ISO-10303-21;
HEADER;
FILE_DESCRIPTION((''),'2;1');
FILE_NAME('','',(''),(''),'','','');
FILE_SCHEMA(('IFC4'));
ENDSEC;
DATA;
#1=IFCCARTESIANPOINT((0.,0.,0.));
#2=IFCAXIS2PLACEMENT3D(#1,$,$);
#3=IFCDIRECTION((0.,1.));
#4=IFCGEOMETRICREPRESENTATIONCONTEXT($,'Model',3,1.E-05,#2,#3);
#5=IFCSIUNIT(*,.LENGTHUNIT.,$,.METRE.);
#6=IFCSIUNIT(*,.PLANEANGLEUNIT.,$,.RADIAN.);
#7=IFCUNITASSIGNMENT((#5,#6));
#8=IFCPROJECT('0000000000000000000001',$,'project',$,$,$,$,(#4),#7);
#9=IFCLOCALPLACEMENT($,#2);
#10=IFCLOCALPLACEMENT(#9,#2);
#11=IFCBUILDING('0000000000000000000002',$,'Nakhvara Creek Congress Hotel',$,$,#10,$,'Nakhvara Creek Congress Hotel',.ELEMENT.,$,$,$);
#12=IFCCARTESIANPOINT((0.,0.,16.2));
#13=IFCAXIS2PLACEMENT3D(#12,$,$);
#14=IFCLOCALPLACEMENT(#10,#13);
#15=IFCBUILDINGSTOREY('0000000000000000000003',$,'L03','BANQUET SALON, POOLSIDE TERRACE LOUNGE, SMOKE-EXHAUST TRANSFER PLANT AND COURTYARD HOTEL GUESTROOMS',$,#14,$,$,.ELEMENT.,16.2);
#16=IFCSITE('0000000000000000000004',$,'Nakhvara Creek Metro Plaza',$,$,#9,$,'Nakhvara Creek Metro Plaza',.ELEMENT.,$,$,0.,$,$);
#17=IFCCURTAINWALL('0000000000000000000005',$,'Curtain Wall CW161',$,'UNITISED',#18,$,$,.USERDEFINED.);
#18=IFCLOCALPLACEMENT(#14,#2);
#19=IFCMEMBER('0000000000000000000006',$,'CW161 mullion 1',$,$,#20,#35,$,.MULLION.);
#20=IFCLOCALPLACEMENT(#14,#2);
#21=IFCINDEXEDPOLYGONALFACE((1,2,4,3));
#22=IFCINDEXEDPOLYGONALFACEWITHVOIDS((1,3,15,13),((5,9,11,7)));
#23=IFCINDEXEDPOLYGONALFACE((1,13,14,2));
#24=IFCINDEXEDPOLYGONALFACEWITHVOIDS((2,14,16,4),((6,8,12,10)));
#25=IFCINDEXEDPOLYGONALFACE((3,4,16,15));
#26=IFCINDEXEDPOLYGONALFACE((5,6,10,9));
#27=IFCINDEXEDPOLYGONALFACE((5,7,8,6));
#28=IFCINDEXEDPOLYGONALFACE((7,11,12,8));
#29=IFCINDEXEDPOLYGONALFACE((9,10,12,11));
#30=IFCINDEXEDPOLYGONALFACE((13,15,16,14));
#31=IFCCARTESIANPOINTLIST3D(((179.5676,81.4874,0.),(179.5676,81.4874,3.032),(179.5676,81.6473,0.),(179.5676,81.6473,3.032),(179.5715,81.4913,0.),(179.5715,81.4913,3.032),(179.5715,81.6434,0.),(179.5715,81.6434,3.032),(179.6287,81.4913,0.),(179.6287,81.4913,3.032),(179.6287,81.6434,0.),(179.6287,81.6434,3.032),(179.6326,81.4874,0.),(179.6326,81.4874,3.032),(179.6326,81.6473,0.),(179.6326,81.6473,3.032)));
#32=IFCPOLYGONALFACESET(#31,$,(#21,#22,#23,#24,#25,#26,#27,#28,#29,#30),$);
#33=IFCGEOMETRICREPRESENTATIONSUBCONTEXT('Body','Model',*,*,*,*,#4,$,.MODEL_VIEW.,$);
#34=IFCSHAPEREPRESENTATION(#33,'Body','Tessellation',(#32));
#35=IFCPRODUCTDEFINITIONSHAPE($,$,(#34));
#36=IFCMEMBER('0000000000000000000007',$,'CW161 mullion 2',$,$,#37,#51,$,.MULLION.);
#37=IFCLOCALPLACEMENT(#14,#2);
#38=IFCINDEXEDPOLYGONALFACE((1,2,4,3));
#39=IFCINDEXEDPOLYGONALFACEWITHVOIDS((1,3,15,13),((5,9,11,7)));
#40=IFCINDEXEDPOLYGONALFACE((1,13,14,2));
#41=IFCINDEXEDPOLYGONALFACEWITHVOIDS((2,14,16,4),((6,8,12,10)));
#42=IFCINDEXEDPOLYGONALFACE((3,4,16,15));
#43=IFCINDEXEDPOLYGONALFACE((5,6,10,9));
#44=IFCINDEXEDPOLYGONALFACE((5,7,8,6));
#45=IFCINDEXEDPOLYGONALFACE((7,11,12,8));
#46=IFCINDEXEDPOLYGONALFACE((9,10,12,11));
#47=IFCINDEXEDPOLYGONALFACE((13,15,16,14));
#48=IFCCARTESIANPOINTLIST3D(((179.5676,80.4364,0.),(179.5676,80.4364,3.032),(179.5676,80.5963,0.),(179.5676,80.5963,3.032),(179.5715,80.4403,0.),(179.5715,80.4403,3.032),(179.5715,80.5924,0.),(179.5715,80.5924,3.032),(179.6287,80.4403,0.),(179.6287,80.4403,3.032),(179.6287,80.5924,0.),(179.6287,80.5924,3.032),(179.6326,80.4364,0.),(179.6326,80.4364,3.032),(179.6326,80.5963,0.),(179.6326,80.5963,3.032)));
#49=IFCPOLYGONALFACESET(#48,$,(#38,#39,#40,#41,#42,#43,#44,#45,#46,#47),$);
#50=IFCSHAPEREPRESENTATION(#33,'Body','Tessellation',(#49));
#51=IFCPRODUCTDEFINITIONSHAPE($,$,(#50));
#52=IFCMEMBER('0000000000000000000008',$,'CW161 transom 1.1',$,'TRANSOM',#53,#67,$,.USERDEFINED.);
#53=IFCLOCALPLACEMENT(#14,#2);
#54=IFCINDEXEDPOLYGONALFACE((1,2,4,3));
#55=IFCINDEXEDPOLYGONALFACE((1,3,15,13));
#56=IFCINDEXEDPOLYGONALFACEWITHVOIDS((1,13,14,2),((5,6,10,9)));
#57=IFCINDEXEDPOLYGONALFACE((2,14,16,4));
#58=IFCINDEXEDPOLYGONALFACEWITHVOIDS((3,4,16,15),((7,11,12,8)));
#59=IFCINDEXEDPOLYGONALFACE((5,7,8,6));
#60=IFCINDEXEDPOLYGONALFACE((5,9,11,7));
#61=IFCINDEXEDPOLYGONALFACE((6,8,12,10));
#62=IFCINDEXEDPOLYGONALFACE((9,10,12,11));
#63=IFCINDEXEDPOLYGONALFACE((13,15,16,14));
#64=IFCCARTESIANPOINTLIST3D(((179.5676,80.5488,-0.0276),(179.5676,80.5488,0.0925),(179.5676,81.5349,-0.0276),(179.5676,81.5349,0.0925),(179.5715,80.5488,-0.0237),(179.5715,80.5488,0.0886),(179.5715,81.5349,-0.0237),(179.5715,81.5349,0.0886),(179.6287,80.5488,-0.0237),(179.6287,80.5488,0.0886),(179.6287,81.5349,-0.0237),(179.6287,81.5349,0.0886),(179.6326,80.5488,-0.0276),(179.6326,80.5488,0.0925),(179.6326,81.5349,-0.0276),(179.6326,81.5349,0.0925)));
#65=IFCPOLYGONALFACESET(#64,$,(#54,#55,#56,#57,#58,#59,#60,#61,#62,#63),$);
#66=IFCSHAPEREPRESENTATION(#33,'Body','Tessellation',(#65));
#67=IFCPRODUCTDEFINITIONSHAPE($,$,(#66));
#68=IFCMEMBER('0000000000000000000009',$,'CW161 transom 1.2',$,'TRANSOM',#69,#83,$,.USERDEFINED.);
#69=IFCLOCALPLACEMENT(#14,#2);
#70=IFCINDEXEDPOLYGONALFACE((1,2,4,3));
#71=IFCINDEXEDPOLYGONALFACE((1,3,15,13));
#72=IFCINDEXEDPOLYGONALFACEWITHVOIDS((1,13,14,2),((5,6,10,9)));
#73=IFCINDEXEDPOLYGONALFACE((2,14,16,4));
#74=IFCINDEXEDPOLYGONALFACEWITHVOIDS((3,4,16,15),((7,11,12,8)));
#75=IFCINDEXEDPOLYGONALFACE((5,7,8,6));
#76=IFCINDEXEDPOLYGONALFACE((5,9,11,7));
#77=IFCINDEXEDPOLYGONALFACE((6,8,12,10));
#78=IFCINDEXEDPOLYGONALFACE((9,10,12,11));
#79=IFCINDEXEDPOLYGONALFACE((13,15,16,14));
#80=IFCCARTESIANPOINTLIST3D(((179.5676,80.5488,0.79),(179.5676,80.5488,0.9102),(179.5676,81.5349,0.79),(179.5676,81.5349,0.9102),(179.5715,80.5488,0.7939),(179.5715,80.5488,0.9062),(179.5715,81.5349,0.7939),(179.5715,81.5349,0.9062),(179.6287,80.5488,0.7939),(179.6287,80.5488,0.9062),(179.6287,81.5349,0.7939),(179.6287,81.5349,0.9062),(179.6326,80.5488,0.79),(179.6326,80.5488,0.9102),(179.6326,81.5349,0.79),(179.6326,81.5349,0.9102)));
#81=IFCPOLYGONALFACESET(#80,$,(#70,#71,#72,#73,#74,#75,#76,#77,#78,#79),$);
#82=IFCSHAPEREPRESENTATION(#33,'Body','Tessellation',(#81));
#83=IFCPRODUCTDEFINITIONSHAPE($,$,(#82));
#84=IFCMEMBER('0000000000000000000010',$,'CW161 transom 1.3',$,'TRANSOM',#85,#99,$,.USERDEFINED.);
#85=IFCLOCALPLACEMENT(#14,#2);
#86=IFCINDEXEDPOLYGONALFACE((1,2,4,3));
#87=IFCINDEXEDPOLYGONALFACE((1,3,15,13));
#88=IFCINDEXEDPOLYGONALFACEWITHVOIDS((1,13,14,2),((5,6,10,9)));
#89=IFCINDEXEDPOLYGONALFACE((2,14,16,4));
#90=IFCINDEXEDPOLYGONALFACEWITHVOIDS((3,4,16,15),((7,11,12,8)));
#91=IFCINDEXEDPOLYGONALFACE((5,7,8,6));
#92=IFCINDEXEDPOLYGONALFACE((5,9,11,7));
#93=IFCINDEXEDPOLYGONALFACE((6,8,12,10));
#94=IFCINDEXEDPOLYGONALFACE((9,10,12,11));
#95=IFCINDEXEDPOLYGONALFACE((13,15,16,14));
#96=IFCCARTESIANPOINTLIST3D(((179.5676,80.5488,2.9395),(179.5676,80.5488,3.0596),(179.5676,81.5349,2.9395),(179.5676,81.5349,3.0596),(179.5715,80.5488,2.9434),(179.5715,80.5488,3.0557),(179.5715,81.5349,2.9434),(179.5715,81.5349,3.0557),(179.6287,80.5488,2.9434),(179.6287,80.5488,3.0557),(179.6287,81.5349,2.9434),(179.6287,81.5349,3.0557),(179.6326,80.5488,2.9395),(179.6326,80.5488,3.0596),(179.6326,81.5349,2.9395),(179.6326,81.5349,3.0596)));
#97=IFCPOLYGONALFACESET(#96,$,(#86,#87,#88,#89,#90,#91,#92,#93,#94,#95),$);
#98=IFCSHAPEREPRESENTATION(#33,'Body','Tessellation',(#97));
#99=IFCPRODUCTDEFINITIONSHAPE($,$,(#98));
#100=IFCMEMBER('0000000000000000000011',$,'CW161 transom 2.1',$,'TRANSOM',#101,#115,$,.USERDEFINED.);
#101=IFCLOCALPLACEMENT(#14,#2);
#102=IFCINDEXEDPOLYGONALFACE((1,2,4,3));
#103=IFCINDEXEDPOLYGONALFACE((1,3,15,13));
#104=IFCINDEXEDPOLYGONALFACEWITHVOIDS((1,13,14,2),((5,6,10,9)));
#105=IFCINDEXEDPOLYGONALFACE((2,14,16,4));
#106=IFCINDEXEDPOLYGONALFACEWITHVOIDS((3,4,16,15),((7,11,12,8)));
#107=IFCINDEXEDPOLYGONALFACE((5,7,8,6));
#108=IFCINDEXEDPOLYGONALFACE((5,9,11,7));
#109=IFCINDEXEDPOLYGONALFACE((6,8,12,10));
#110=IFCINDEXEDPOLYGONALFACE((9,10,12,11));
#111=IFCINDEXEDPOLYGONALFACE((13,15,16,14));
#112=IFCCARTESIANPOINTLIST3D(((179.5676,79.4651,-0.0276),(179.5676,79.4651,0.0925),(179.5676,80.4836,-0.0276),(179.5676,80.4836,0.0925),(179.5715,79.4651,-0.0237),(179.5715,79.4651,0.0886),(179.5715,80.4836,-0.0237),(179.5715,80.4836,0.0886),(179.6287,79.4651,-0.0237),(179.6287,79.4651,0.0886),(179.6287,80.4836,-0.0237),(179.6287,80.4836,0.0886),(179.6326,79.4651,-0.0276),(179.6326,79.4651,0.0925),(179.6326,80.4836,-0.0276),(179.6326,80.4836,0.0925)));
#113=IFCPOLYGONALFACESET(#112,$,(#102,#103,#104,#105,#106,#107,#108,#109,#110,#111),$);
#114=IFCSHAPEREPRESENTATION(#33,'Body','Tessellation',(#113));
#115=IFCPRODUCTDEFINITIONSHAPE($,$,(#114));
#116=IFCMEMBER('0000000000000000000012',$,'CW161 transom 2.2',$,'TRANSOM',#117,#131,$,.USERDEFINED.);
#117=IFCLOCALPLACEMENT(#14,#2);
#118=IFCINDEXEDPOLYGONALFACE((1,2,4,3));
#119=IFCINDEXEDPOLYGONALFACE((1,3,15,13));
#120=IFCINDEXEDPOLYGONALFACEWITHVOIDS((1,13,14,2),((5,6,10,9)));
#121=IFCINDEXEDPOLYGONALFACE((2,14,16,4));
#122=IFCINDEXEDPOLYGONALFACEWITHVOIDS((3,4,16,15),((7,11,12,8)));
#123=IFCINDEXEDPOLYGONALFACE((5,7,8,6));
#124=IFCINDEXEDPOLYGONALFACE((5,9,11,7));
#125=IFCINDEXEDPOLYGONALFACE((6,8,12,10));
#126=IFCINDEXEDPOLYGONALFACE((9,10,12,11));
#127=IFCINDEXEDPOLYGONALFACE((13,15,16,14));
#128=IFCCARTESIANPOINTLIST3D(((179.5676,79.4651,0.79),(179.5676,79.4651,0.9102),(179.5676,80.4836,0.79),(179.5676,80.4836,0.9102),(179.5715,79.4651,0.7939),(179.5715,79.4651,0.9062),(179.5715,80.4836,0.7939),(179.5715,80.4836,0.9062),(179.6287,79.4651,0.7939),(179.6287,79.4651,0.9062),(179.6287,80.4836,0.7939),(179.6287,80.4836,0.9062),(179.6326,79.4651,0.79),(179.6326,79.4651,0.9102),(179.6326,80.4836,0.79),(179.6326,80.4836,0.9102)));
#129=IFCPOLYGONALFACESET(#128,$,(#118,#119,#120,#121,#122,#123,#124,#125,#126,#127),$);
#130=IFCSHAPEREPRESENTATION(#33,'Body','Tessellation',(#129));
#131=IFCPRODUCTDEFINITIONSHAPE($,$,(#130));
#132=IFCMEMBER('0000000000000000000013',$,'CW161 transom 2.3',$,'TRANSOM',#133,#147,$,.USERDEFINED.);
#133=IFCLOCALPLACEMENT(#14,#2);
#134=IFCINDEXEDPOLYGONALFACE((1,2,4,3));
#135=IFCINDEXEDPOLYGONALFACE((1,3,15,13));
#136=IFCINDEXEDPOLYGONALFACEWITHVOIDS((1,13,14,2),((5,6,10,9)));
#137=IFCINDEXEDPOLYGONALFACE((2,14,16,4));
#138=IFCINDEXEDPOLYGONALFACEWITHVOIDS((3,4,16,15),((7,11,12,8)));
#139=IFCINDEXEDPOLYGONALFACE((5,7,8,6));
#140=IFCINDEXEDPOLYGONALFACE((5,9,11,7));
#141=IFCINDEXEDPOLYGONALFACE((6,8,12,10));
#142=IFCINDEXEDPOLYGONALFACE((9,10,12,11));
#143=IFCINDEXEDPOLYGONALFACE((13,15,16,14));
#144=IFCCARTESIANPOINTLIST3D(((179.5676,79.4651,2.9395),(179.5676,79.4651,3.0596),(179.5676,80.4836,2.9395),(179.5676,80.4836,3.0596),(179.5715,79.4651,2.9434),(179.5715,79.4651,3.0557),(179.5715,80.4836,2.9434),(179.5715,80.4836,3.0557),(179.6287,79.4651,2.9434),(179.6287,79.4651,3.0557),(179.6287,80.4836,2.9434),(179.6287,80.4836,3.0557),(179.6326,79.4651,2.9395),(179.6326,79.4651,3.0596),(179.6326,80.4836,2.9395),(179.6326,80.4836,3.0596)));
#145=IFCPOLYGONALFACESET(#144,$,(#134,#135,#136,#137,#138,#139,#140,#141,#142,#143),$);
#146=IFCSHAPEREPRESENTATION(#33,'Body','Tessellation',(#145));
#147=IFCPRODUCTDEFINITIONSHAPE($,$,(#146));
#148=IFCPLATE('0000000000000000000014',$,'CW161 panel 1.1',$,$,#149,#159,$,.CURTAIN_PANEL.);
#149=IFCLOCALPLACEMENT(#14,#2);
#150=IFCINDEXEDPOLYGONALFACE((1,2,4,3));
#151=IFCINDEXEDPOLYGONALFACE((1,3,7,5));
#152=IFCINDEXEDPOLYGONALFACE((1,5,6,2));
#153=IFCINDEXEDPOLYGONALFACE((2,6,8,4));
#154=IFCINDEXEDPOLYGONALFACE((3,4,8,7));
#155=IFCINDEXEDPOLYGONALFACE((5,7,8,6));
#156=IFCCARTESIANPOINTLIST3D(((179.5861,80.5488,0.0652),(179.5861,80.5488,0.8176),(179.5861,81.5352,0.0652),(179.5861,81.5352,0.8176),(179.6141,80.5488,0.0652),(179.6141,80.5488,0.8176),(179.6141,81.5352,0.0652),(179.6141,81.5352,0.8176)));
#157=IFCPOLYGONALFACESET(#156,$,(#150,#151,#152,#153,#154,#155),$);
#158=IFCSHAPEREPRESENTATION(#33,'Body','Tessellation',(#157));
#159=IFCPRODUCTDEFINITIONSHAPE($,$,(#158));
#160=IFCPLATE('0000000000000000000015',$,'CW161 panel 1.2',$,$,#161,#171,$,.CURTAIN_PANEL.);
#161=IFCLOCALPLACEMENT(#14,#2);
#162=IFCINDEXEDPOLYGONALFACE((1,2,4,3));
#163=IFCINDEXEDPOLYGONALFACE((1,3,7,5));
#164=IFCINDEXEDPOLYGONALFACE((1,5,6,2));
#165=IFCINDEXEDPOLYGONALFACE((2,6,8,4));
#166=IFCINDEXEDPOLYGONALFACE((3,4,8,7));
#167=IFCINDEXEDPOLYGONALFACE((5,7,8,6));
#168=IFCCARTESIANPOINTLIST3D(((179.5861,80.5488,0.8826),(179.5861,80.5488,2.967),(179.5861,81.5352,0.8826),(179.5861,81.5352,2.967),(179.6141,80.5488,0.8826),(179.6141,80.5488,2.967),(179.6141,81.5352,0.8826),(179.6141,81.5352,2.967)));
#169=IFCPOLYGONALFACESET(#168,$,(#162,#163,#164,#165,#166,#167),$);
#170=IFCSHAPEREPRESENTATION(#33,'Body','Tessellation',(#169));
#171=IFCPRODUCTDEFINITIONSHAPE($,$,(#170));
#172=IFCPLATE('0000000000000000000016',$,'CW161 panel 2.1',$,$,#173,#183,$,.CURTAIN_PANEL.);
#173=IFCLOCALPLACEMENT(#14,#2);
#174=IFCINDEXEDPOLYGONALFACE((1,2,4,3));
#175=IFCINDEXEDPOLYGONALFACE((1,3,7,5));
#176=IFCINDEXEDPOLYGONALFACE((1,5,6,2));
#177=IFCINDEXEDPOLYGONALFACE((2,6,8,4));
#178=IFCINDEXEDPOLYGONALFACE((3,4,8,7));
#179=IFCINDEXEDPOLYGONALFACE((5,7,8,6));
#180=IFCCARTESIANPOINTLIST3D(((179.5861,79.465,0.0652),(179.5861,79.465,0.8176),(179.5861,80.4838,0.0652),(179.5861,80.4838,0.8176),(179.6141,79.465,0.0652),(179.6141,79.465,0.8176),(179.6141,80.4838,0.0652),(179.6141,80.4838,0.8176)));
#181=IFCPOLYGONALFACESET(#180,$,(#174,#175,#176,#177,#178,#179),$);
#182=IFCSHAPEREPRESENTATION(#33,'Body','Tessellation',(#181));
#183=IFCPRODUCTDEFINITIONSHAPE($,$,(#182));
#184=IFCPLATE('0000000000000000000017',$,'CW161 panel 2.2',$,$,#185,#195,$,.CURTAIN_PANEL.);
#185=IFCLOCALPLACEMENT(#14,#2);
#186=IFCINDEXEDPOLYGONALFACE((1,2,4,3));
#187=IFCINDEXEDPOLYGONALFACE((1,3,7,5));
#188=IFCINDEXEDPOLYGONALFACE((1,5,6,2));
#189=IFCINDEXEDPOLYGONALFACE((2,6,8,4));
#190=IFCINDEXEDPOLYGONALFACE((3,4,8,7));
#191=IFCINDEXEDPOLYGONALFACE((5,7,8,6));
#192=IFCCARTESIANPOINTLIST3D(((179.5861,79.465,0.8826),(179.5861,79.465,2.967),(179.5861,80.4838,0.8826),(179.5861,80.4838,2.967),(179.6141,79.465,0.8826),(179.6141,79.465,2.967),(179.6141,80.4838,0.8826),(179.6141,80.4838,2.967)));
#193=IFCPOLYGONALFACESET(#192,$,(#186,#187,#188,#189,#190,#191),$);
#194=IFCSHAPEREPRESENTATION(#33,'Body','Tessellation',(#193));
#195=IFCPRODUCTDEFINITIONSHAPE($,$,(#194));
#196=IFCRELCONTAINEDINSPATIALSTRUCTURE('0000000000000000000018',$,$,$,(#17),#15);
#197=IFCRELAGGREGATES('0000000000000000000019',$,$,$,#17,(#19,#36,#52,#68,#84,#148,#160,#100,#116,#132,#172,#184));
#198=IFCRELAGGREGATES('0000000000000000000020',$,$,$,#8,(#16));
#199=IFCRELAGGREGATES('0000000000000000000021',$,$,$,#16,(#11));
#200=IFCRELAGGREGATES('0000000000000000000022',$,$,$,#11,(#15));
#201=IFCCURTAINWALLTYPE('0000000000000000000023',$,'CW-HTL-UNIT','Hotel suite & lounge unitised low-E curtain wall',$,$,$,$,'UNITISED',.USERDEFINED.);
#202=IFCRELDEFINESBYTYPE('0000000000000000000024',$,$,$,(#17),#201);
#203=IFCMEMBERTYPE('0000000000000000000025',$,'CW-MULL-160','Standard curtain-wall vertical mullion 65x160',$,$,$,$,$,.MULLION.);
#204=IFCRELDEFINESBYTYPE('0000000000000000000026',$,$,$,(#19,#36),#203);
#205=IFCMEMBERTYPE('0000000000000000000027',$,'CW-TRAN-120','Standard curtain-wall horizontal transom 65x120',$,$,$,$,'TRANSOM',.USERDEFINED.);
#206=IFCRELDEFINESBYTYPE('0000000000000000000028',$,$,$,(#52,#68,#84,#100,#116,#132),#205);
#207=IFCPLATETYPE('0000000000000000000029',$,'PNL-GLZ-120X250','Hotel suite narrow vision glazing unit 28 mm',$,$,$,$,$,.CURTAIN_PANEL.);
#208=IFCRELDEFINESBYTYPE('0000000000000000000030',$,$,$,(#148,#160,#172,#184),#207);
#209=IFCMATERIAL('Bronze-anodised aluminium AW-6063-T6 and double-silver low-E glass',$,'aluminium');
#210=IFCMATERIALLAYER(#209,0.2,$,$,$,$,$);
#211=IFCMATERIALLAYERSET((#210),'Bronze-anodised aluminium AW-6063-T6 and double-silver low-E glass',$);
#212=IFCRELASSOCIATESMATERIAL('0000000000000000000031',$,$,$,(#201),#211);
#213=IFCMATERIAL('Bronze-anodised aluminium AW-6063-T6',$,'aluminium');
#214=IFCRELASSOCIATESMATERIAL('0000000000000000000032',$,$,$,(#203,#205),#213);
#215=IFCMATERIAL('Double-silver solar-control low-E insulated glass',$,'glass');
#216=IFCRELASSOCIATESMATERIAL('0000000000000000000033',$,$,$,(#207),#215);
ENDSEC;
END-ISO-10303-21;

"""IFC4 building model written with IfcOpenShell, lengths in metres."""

from ifc_helpers import new_model, si_unit, direction, frame, origin, origin_2d, place, context, subcontext, project, spatial, rectangle, hollow_rectangle, extrude, material, layer, layer_set, material_profile, profile_set, type_object, element, aggregate, save


model = new_model("IFC4")

# Units and contexts
model_context = context("Model", 3, precision=1e-05, world=origin(), true_north=direction((0.0, 1.0)))
body_context = subcontext(model_context, "Body", "Model", "MODEL_VIEW")
ifc_project = project(units=[si_unit("LENGTHUNIT", "METRE"), si_unit("PLANEANGLEUNIT", "RADIAN")], contexts=[model_context])

# Site, building, storey
site_placement = place(None, origin())
site = spatial("IfcSite", under=ifc_project, at=site_placement, Name="Nakhvara Creek Metro Plaza", LongName="Nakhvara Creek Metro Plaza", CompositionType="ELEMENT", RefElevation=0.0)
building_placement = place(site_placement, origin())
building = spatial("IfcBuilding", under=site, at=building_placement, Name="Nakhvara Creek Congress Hotel", LongName="Nakhvara Creek Congress Hotel", CompositionType="ELEMENT")
storey_placement = place(building_placement, frame((0.0, 0.0, 16.2)))
storey = spatial("IfcBuildingStorey", under=building, at=storey_placement, Name="L03", Description="BANQUET SALON, POOLSIDE TERRACE LOUNGE, SMOKE-EXHAUST TRANSFER PLANT AND COURTYARD HOTEL GUESTROOMS", CompositionType="ELEMENT", Elevation=16.2)

# Curtain wall, members, plates
ifc_material_1 = material(Name="Bronze-anodised aluminium AW-6063-T6 and double-silver low-E glass", Category="aluminium")
ifc_layer_1 = layer(ifc_material_1, 0.2)
ifc_layer_set_1 = layer_set([ifc_layer_1], Name="Bronze-anodised aluminium AW-6063-T6 and double-silver low-E glass")
curtain_wall_type = type_object("IfcCurtainWallType", Name="CW-HTL-UNIT", Description="Hotel suite & lounge unitised low-E curtain wall", ElementType="UNITISED", PredefinedType="USERDEFINED", material=ifc_layer_set_1)
curtain_wall_placement = place(storey_placement, origin())
curtain_wall = element("IfcCurtainWall", 1, at=curtain_wall_placement, inside=storey, type_object=curtain_wall_type, Name="Curtain Wall CW161", ObjectType="UNITISED", PredefinedType="USERDEFINED")
ifc_material_2 = material(Name="Bronze-anodised aluminium AW-6063-T6", Category="aluminium")
ifc_material_profile_1 = material_profile(ifc_material_2, hollow_rectangle(XDim=0.0649, YDim=0.1599, WallThickness=0.0039, at=origin_2d()), Name="ALU-MULL 65x160x4", Category="LoadBearing")
ifc_profile_set_1 = profile_set([ifc_material_profile_1], Name="Bronze-anodised aluminium AW-6063-T6")
member_type_1 = type_object("IfcMemberType", Name="CW-MULL-160", Description="Standard curtain-wall vertical mullion 65x160", PredefinedType="MULLION", material=ifc_profile_set_1)
member_1_placement = place(storey_placement, frame((179.6001, 81.5674, 0.0), z_axis=(0.0, 0.0, 1.0), x_axis=(1.0, 0.0, 0.0)))
member_1 = element("IfcMember", 2, at=member_1_placement, type_object=member_type_1, Name="CW161 mullion 1", PredefinedType="MULLION", context=body_context, shape_type="SweptSolid", body=[
    extrude(hollow_rectangle(XDim=0.0649, YDim=0.1599, WallThickness=0.0039, at=origin_2d()), origin(), (0.0, 0.0, 1.0), 3.032),
])
member_2_placement = place(storey_placement, frame((179.6001, 80.5164, 0.0), z_axis=(0.0, 0.0, 1.0), x_axis=(1.0, 0.0, 0.0)))
member_2 = element("IfcMember", 3, at=member_2_placement, type_object=member_type_1, Name="CW161 mullion 2", PredefinedType="MULLION", context=body_context, shape_type="SweptSolid", body=[
    extrude(hollow_rectangle(XDim=0.0649, YDim=0.1599, WallThickness=0.0039, at=origin_2d()), origin(), (0.0, 0.0, 1.0), 3.032),
])
ifc_material_profile_2 = material_profile(ifc_material_2, hollow_rectangle(XDim=0.0649, YDim=0.1201, WallThickness=0.0039, at=origin_2d()), Name="ALU-TRAN 65x120x4", Category="LoadBearing")
ifc_profile_set_2 = profile_set([ifc_material_profile_2], Name="Bronze-anodised aluminium AW-6063-T6")
member_type_2 = type_object("IfcMemberType", Name="CW-TRAN-120", Description="Standard curtain-wall horizontal transom 65x120", ElementType="TRANSOM", PredefinedType="USERDEFINED", material=ifc_profile_set_2)
member_3_placement = place(storey_placement, frame((179.6001, 81.5349, 0.0325), z_axis=(0.0, -1.0, 0.0), x_axis=(1.0, 0.0, 0.0)))
member_3 = element("IfcMember", 4, at=member_3_placement, type_object=member_type_2, Name="CW161 transom 1.1", ObjectType="TRANSOM", PredefinedType="USERDEFINED", context=body_context, shape_type="SweptSolid", body=[
    extrude(hollow_rectangle(XDim=0.0649, YDim=0.1201, WallThickness=0.0039, at=origin_2d()), origin(), (0.0, 0.0, 1.0), 0.9861),
])
member_4_placement = place(storey_placement, frame((179.6001, 81.5349, 0.8501), z_axis=(0.0, -1.0, 0.0), x_axis=(1.0, 0.0, 0.0)))
member_4 = element("IfcMember", 5, at=member_4_placement, type_object=member_type_2, Name="CW161 transom 1.2", ObjectType="TRANSOM", PredefinedType="USERDEFINED", context=body_context, shape_type="SweptSolid", body=[
    extrude(hollow_rectangle(XDim=0.0649, YDim=0.1201, WallThickness=0.0039, at=origin_2d()), origin(), (0.0, 0.0, 1.0), 0.9861),
])
member_5_placement = place(storey_placement, frame((179.6001, 81.5349, 2.9995), z_axis=(0.0, -1.0, 0.0), x_axis=(1.0, 0.0, 0.0)))
member_5 = element("IfcMember", 6, at=member_5_placement, type_object=member_type_2, Name="CW161 transom 1.3", ObjectType="TRANSOM", PredefinedType="USERDEFINED", context=body_context, shape_type="SweptSolid", body=[
    extrude(hollow_rectangle(XDim=0.0649, YDim=0.1201, WallThickness=0.0039, at=origin_2d()), origin(), (0.0, 0.0, 1.0), 0.9861),
])
member_6_placement = place(storey_placement, frame((179.6001, 80.4836, 0.0325), z_axis=(0.0, -1.0, 0.0), x_axis=(1.0, 0.0, 0.0)))
member_6 = element("IfcMember", 7, at=member_6_placement, type_object=member_type_2, Name="CW161 transom 2.1", ObjectType="TRANSOM", PredefinedType="USERDEFINED", context=body_context, shape_type="SweptSolid", body=[
    extrude(hollow_rectangle(XDim=0.0649, YDim=0.1201, WallThickness=0.0039, at=origin_2d()), origin(), (0.0, 0.0, 1.0), 1.0186),
])
member_7_placement = place(storey_placement, frame((179.6001, 80.4836, 0.8501), z_axis=(0.0, -1.0, 0.0), x_axis=(1.0, 0.0, 0.0)))
member_7 = element("IfcMember", 8, at=member_7_placement, type_object=member_type_2, Name="CW161 transom 2.2", ObjectType="TRANSOM", PredefinedType="USERDEFINED", context=body_context, shape_type="SweptSolid", body=[
    extrude(hollow_rectangle(XDim=0.0649, YDim=0.1201, WallThickness=0.0039, at=origin_2d()), origin(), (0.0, 0.0, 1.0), 1.0186),
])
member_8_placement = place(storey_placement, frame((179.6001, 80.4836, 2.9995), z_axis=(0.0, -1.0, 0.0), x_axis=(1.0, 0.0, 0.0)))
member_8 = element("IfcMember", 9, at=member_8_placement, type_object=member_type_2, Name="CW161 transom 2.3", ObjectType="TRANSOM", PredefinedType="USERDEFINED", context=body_context, shape_type="SweptSolid", body=[
    extrude(hollow_rectangle(XDim=0.0649, YDim=0.1201, WallThickness=0.0039, at=origin_2d()), origin(), (0.0, 0.0, 1.0), 1.0186),
])
ifc_material_3 = material(Name="Double-silver solar-control low-E insulated glass", Category="glass")
plate_type = type_object("IfcPlateType", Name="PNL-GLZ-120X250", Description="Hotel suite narrow vision glazing unit 28 mm", PredefinedType="CURTAIN_PANEL", material=ifc_material_3)
plate_1_placement = place(storey_placement, frame((179.6001, 81.042, 0.0652), z_axis=(0.0, 0.0, 1.0), x_axis=(0.0, -1.0, 0.0)))
plate_1 = element("IfcPlate", 10, at=plate_1_placement, type_object=plate_type, Name="CW161 panel 1.1", PredefinedType="CURTAIN_PANEL", context=body_context, shape_type="SweptSolid", body=[
    extrude(rectangle(XDim=0.9863, YDim=0.0281, at=origin_2d()), origin(), (0.0, 0.0, 1.0), 0.7524),
])
plate_2_placement = place(storey_placement, frame((179.6001, 81.042, 0.8826), z_axis=(0.0, 0.0, 1.0), x_axis=(0.0, -1.0, 0.0)))
plate_2 = element("IfcPlate", 11, at=plate_2_placement, type_object=plate_type, Name="CW161 panel 1.2", PredefinedType="CURTAIN_PANEL", context=body_context, shape_type="SweptSolid", body=[
    extrude(rectangle(XDim=0.9863, YDim=0.0281, at=origin_2d()), origin(), (0.0, 0.0, 1.0), 2.0845),
])
plate_3_placement = place(storey_placement, frame((179.6001, 79.9744, 0.0652), z_axis=(0.0, 0.0, 1.0), x_axis=(0.0, -1.0, 0.0)))
plate_3 = element("IfcPlate", 12, at=plate_3_placement, type_object=plate_type, Name="CW161 panel 2.1", PredefinedType="CURTAIN_PANEL", context=body_context, shape_type="SweptSolid", body=[
    extrude(rectangle(XDim=1.0188, YDim=0.0281, at=origin_2d()), origin(), (0.0, 0.0, 1.0), 0.7524),
])
plate_4_placement = place(storey_placement, frame((179.6001, 79.9744, 0.8826), z_axis=(0.0, 0.0, 1.0), x_axis=(0.0, -1.0, 0.0)))
plate_4 = element("IfcPlate", 13, at=plate_4_placement, type_object=plate_type, Name="CW161 panel 2.2", PredefinedType="CURTAIN_PANEL", context=body_context, shape_type="SweptSolid", body=[
    extrude(rectangle(XDim=1.0188, YDim=0.0281, at=origin_2d()), origin(), (0.0, 0.0, 1.0), 2.0845),
])
aggregate(curtain_wall, [member_1, member_2, member_3, member_4, member_5, plate_1, plate_2, member_6, member_7, member_8, plate_3, plate_4])

save(model, "model.ifc")
